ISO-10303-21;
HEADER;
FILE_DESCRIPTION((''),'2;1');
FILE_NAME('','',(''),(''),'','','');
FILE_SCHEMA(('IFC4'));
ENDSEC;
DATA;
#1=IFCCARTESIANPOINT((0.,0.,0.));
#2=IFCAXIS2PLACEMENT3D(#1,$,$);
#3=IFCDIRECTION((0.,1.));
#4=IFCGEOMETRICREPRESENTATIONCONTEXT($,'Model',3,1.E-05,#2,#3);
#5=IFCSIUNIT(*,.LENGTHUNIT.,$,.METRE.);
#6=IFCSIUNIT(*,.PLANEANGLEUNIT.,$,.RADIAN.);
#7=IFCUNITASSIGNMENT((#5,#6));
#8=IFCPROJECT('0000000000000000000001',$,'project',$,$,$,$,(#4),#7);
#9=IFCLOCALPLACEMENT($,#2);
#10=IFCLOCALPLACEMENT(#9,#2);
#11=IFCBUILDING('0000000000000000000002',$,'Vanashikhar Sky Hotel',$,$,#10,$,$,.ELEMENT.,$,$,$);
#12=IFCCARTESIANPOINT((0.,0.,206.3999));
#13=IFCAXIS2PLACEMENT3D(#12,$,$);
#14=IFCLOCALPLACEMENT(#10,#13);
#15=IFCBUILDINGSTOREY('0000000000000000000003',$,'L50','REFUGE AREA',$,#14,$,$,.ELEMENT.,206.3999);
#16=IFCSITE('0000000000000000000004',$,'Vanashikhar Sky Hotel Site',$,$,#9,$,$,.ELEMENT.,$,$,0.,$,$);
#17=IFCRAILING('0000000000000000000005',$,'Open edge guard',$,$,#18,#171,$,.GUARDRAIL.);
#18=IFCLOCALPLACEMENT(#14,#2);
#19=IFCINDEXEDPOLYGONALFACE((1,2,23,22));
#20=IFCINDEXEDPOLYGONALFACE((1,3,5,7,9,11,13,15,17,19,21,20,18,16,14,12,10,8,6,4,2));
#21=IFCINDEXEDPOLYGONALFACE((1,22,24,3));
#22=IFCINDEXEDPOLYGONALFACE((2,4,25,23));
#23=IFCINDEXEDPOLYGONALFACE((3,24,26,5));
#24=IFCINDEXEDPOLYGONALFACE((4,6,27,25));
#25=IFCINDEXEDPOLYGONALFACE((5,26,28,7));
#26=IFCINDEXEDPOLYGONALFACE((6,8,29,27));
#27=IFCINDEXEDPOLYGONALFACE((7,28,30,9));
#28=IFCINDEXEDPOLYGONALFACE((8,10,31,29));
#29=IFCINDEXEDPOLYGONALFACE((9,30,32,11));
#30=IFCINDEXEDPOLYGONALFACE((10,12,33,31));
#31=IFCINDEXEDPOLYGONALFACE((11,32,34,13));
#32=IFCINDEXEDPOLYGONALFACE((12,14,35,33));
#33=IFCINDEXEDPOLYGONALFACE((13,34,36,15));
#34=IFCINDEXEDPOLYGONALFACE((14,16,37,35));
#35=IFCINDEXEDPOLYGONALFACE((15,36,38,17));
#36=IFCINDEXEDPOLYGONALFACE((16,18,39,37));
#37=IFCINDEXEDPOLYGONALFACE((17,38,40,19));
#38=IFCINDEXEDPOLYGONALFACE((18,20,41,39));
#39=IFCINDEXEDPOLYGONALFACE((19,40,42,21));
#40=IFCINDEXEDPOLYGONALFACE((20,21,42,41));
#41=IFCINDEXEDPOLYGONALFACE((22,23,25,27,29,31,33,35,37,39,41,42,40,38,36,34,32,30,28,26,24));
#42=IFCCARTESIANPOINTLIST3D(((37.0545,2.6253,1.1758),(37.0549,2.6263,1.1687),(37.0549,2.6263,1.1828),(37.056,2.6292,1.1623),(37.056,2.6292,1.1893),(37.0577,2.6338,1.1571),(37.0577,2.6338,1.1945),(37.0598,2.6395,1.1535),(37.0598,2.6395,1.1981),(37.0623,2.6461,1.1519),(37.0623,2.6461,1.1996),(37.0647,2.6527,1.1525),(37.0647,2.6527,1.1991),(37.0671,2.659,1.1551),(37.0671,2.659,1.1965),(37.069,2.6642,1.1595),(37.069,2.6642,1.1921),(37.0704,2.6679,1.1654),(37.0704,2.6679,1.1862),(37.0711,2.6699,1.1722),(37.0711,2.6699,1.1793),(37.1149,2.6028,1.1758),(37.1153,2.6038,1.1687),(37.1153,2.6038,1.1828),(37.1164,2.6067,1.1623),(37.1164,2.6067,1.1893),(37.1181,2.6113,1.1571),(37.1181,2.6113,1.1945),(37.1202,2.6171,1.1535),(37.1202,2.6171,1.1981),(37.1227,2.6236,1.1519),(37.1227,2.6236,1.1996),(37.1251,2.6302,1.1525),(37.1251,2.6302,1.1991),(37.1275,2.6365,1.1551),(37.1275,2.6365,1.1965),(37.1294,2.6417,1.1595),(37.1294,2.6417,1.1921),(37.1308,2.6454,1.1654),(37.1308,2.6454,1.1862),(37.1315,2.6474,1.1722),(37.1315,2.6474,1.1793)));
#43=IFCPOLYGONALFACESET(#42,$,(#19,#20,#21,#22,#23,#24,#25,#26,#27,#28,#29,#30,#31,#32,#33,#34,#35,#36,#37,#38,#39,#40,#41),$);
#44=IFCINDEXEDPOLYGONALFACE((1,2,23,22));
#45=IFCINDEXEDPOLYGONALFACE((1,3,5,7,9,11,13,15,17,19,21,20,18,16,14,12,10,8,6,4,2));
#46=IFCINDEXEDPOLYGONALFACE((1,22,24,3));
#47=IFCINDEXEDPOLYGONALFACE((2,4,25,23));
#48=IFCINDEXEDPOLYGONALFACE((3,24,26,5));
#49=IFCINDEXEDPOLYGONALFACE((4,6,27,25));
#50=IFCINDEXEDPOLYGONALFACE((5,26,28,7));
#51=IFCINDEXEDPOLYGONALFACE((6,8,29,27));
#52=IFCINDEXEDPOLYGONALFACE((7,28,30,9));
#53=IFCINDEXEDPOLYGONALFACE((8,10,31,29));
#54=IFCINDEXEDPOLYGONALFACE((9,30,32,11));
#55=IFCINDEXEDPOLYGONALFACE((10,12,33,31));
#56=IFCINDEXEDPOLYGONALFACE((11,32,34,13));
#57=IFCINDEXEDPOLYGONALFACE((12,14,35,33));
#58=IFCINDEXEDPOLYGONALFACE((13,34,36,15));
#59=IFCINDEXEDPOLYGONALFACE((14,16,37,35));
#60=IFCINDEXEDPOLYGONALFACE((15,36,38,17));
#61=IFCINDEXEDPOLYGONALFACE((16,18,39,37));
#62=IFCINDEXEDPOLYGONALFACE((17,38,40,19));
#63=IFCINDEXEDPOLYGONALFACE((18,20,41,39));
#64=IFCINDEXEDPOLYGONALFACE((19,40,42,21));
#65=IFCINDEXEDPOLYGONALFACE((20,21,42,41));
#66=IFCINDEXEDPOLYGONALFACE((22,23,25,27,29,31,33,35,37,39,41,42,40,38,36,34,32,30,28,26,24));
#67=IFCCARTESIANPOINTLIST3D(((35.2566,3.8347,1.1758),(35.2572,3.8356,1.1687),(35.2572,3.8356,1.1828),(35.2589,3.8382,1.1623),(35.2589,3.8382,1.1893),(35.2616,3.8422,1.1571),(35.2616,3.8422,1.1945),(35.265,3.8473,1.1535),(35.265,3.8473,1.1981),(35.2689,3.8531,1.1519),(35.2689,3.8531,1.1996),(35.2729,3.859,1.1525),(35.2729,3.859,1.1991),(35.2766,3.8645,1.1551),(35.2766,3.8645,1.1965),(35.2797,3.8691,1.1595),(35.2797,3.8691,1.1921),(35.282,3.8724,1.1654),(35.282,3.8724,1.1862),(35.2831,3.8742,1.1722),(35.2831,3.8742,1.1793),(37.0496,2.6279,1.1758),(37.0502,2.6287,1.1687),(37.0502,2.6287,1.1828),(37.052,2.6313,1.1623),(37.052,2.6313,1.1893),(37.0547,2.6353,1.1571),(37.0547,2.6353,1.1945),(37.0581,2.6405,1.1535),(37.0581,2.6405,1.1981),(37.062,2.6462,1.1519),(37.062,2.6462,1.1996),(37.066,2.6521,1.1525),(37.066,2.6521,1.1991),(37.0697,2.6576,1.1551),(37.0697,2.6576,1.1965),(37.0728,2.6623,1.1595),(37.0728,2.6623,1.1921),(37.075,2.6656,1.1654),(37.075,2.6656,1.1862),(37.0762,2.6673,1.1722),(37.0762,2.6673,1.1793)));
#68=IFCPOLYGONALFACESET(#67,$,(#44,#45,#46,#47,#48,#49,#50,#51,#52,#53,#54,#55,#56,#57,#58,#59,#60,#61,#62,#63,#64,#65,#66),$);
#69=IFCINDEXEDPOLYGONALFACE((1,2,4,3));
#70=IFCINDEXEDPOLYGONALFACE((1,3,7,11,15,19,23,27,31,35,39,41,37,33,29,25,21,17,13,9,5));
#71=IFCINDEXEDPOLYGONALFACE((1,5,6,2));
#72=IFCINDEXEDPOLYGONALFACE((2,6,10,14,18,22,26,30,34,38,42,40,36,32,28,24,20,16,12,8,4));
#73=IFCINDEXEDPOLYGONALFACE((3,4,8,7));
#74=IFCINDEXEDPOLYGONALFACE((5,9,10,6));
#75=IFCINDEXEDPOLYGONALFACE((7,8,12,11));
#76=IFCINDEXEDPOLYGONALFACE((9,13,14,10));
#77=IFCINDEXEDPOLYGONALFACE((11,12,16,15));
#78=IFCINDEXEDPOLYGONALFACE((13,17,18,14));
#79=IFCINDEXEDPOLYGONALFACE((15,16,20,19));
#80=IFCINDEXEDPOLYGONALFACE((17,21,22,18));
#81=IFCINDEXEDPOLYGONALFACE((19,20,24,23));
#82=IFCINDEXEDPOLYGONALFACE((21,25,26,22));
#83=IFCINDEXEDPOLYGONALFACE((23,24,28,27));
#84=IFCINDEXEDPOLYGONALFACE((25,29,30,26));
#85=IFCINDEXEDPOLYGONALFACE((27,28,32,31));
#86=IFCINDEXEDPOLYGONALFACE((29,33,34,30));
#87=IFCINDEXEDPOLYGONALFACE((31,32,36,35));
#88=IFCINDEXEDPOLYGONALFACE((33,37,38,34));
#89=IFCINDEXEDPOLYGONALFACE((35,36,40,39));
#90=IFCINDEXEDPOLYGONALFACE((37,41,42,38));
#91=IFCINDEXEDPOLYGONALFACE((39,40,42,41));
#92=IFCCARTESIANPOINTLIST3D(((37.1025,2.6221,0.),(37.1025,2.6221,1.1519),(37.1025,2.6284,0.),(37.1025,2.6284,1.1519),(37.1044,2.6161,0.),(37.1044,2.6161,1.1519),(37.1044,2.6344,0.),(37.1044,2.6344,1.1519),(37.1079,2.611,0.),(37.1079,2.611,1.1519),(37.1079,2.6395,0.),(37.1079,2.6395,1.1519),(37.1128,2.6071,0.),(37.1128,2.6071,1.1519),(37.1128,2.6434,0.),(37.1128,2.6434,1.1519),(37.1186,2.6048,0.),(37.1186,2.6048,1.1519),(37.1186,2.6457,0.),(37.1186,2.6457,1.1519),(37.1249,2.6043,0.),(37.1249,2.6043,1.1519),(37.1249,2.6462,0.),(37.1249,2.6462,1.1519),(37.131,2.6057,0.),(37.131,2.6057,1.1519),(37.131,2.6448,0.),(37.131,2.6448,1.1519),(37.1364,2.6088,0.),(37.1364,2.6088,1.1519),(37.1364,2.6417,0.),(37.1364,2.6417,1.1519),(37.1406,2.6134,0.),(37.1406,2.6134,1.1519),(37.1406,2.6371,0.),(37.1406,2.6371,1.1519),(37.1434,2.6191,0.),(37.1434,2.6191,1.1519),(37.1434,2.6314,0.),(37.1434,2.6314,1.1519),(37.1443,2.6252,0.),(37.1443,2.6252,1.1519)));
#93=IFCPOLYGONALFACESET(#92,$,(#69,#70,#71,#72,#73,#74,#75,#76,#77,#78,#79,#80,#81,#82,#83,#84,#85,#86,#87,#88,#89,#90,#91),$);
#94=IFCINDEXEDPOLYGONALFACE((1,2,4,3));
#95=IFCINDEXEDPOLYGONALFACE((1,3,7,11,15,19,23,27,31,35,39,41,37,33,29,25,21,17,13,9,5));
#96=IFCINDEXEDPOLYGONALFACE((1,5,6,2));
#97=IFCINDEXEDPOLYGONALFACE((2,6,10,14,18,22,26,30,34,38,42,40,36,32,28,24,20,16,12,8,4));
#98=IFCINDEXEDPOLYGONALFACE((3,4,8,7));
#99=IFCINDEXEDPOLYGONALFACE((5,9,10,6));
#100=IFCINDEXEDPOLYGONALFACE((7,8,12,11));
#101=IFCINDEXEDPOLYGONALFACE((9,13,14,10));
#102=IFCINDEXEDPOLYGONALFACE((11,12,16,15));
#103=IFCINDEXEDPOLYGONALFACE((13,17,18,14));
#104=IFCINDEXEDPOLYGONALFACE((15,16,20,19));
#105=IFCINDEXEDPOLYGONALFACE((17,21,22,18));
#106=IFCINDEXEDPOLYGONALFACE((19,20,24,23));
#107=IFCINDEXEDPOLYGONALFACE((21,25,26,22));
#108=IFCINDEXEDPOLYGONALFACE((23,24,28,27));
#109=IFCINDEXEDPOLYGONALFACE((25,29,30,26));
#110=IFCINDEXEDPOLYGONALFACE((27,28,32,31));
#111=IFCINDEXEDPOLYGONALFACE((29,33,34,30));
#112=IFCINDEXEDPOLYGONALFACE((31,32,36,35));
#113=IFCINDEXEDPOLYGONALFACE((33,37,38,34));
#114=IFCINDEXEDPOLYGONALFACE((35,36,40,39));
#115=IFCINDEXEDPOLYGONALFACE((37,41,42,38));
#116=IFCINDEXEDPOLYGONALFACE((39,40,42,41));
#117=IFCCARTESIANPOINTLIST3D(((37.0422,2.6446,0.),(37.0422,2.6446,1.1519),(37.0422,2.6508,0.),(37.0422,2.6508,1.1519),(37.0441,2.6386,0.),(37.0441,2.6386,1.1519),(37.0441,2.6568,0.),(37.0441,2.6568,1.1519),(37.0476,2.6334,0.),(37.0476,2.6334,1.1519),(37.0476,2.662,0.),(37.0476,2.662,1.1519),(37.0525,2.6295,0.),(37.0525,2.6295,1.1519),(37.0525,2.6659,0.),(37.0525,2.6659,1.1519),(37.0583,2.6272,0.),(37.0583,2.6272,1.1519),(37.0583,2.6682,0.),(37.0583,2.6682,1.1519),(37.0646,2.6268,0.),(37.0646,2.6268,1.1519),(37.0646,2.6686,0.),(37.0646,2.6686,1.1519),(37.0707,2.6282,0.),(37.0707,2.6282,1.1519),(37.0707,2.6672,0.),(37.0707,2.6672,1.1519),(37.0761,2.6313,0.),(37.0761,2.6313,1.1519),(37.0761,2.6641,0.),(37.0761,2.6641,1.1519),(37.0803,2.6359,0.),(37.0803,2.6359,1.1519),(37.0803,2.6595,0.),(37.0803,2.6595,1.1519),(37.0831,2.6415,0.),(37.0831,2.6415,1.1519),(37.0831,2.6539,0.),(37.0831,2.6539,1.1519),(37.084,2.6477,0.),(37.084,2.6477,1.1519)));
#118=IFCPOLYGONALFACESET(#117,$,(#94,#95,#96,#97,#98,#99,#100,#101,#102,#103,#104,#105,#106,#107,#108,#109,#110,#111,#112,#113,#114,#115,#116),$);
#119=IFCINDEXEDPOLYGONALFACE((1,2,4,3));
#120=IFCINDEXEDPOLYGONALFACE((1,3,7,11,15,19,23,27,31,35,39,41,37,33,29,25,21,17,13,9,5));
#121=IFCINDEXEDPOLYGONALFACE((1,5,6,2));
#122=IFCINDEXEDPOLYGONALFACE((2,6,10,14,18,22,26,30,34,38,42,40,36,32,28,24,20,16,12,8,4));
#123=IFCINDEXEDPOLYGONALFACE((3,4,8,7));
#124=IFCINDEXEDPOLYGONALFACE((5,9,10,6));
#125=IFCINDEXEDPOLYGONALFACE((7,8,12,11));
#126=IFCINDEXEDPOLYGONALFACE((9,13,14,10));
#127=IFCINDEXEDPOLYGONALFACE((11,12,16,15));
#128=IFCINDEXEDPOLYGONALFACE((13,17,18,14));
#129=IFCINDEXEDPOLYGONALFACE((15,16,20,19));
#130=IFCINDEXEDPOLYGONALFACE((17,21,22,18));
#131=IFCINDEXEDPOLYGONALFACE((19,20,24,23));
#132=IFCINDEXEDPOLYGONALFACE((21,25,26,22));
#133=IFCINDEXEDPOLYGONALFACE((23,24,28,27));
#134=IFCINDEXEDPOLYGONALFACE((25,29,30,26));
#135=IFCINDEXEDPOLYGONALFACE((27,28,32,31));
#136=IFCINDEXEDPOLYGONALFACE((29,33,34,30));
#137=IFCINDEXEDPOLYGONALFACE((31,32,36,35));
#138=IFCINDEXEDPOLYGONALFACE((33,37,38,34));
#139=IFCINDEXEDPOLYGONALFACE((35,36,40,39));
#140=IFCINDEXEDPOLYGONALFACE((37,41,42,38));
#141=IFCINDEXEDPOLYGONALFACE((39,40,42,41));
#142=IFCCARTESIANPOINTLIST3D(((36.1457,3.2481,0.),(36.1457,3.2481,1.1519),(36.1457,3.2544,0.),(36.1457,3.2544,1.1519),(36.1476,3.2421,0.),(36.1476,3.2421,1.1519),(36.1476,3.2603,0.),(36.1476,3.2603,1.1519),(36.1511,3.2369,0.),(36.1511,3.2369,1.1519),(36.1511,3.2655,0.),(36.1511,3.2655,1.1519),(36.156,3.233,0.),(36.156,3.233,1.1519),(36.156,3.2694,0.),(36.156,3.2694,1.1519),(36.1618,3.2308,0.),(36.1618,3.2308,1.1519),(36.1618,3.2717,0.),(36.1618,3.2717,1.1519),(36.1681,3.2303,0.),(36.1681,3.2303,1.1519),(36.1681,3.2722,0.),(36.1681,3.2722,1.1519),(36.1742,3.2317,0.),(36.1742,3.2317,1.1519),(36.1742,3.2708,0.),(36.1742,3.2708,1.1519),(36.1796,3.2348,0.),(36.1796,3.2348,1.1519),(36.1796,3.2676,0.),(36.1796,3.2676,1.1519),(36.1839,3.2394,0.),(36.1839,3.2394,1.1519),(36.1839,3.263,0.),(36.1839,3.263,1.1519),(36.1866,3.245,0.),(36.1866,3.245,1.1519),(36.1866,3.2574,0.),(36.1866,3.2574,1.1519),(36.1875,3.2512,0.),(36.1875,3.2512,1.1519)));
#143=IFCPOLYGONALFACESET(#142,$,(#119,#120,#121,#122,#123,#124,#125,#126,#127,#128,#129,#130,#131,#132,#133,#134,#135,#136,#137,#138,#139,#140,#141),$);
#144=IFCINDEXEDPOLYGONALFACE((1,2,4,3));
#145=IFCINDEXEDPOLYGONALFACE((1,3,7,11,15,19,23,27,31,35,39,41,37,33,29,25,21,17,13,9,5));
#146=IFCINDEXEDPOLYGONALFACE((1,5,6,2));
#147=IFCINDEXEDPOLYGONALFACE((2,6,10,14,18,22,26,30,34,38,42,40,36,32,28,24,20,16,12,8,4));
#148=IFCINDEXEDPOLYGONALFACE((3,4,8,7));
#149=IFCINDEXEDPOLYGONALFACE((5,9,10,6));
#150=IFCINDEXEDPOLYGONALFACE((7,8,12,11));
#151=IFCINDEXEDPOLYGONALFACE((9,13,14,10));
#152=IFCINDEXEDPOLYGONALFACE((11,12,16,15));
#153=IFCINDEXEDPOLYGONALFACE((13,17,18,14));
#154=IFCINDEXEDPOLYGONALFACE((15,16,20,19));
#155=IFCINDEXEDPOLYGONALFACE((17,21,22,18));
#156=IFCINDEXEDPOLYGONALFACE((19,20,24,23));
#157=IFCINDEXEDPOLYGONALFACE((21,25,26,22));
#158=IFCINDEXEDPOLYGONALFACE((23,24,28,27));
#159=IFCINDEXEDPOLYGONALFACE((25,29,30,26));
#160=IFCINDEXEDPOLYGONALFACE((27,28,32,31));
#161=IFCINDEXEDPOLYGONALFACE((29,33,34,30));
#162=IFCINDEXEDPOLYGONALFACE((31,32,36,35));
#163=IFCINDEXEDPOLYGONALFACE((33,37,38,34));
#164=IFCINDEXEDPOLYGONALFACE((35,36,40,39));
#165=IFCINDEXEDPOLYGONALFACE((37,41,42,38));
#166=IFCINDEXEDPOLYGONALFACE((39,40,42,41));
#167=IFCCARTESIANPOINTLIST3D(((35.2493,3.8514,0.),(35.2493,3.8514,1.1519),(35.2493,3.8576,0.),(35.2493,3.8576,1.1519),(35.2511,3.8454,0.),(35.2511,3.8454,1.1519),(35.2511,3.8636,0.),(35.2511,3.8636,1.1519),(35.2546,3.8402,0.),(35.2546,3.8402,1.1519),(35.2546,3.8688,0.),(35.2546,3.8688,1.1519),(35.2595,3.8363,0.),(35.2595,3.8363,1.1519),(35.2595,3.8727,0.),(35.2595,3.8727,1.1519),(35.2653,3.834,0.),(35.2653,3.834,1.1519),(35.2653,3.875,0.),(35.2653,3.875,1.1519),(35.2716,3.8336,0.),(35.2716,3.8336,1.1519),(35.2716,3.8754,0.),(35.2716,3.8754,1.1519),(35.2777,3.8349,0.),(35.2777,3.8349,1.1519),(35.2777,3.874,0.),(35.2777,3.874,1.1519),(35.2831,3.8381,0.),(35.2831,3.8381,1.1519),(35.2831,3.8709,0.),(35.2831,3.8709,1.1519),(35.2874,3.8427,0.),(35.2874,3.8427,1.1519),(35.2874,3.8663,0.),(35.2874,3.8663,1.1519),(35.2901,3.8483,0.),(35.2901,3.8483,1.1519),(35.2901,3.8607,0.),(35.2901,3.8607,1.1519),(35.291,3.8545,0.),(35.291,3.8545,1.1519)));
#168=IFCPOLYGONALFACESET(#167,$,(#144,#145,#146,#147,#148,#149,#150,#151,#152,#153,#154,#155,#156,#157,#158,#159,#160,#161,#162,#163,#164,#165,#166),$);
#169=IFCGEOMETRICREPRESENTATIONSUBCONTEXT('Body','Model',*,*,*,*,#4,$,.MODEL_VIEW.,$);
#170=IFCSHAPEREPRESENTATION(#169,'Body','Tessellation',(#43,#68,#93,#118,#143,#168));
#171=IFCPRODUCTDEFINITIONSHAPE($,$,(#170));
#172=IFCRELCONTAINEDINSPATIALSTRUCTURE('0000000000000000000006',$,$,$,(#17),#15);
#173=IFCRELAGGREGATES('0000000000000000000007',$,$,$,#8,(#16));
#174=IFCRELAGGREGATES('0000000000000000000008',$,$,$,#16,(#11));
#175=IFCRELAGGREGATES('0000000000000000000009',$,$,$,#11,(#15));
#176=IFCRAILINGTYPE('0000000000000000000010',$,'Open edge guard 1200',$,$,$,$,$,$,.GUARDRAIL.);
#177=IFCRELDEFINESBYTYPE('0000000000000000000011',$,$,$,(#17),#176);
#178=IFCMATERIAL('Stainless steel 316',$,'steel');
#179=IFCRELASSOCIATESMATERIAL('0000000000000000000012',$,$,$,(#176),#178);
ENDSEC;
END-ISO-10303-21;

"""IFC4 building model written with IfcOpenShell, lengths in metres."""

from ifc_helpers import new_model, si_unit, direction, frame, origin, origin_2d, place, context, subcontext, project, spatial, circle, extrude, source, transform, mapped, material, type_object, element, save


model = new_model("IFC4")

# Units and contexts
model_context = context("Model", 3, precision=1e-05, world=origin(), true_north=direction((0.0, 1.0)))
body_context = subcontext(model_context, "Body", "Model", "MODEL_VIEW")
ifc_project = project(units=[si_unit("LENGTHUNIT", "METRE"), si_unit("PLANEANGLEUNIT", "RADIAN")], contexts=[model_context])

# Site, building, storey
site_placement = place(None, origin())
site = spatial("IfcSite", under=ifc_project, at=site_placement, Name="Vanashikhar Sky Hotel Site", CompositionType="ELEMENT", RefElevation=0.0)
building_placement = place(site_placement, origin())
building = spatial("IfcBuilding", under=site, at=building_placement, Name="Vanashikhar Sky Hotel", CompositionType="ELEMENT")
storey_placement = place(building_placement, frame((0.0, 0.0, 206.3999)))
storey = spatial("IfcBuildingStorey", under=building, at=storey_placement, Name="L50", Description="REFUGE AREA", CompositionType="ELEMENT", Elevation=206.3999)

# Railing
ifc_material_1 = material(Name="Stainless steel 316", Category="steel")
railing_type = type_object("IfcRailingType", Name="Open edge guard 1200", PredefinedType="GUARDRAIL", material=ifc_material_1)
shared_shape_1 = source(origin(), body_context, "Body", "SweptSolid", [
    extrude(circle(Radius=0.0239, at=origin_2d()), frame((0.0, 0.0, 1.1758), z_axis=(-0.937106, 0.349044, 0.0), x_axis=(-0.349044, -0.937106, 0.0)), (0.0, 0.0, 1.0), 0.0645),
    extrude(circle(Radius=0.0239, at=origin_2d()), frame((-0.0603, 0.0225, 1.1758), z_axis=(-0.829592, 0.55837, 0.0), x_axis=(-0.55837, -0.829592, 0.0)), (0.0, 0.0, 1.0), 2.1614),
    extrude(circle(Radius=0.021, at=origin_2d()), origin(), (0.0, 0.0, 1.0), 1.1519),
    extrude(circle(Radius=0.021, at=origin_2d()), frame((-0.0603, 0.0225, 0.0)), (0.0, 0.0, 1.0), 1.1519),
    extrude(circle(Radius=0.021, at=origin_2d()), frame((-0.9568, 0.626, 0.0)), (0.0, 0.0, 1.0), 1.1519),
    extrude(circle(Radius=0.021, at=origin_2d()), frame((-1.8533, 1.2292, 0.0)), (0.0, 0.0, 1.0), 1.1519),
])
railing_1_placement = place(storey_placement, frame((37.1233, 2.6252, 0.0)))
element("IfcRailing", 1, at=railing_1_placement, inside=storey, type_object=railing_type, Name="Open edge guard", PredefinedType="GUARDRAIL", context=body_context, shape_type="MappedRepresentation", body=[
    mapped(shared_shape_1, transform((0.0, 0.0, 0.0), scale=1.0)),
])

save(model, "model.ifc")
